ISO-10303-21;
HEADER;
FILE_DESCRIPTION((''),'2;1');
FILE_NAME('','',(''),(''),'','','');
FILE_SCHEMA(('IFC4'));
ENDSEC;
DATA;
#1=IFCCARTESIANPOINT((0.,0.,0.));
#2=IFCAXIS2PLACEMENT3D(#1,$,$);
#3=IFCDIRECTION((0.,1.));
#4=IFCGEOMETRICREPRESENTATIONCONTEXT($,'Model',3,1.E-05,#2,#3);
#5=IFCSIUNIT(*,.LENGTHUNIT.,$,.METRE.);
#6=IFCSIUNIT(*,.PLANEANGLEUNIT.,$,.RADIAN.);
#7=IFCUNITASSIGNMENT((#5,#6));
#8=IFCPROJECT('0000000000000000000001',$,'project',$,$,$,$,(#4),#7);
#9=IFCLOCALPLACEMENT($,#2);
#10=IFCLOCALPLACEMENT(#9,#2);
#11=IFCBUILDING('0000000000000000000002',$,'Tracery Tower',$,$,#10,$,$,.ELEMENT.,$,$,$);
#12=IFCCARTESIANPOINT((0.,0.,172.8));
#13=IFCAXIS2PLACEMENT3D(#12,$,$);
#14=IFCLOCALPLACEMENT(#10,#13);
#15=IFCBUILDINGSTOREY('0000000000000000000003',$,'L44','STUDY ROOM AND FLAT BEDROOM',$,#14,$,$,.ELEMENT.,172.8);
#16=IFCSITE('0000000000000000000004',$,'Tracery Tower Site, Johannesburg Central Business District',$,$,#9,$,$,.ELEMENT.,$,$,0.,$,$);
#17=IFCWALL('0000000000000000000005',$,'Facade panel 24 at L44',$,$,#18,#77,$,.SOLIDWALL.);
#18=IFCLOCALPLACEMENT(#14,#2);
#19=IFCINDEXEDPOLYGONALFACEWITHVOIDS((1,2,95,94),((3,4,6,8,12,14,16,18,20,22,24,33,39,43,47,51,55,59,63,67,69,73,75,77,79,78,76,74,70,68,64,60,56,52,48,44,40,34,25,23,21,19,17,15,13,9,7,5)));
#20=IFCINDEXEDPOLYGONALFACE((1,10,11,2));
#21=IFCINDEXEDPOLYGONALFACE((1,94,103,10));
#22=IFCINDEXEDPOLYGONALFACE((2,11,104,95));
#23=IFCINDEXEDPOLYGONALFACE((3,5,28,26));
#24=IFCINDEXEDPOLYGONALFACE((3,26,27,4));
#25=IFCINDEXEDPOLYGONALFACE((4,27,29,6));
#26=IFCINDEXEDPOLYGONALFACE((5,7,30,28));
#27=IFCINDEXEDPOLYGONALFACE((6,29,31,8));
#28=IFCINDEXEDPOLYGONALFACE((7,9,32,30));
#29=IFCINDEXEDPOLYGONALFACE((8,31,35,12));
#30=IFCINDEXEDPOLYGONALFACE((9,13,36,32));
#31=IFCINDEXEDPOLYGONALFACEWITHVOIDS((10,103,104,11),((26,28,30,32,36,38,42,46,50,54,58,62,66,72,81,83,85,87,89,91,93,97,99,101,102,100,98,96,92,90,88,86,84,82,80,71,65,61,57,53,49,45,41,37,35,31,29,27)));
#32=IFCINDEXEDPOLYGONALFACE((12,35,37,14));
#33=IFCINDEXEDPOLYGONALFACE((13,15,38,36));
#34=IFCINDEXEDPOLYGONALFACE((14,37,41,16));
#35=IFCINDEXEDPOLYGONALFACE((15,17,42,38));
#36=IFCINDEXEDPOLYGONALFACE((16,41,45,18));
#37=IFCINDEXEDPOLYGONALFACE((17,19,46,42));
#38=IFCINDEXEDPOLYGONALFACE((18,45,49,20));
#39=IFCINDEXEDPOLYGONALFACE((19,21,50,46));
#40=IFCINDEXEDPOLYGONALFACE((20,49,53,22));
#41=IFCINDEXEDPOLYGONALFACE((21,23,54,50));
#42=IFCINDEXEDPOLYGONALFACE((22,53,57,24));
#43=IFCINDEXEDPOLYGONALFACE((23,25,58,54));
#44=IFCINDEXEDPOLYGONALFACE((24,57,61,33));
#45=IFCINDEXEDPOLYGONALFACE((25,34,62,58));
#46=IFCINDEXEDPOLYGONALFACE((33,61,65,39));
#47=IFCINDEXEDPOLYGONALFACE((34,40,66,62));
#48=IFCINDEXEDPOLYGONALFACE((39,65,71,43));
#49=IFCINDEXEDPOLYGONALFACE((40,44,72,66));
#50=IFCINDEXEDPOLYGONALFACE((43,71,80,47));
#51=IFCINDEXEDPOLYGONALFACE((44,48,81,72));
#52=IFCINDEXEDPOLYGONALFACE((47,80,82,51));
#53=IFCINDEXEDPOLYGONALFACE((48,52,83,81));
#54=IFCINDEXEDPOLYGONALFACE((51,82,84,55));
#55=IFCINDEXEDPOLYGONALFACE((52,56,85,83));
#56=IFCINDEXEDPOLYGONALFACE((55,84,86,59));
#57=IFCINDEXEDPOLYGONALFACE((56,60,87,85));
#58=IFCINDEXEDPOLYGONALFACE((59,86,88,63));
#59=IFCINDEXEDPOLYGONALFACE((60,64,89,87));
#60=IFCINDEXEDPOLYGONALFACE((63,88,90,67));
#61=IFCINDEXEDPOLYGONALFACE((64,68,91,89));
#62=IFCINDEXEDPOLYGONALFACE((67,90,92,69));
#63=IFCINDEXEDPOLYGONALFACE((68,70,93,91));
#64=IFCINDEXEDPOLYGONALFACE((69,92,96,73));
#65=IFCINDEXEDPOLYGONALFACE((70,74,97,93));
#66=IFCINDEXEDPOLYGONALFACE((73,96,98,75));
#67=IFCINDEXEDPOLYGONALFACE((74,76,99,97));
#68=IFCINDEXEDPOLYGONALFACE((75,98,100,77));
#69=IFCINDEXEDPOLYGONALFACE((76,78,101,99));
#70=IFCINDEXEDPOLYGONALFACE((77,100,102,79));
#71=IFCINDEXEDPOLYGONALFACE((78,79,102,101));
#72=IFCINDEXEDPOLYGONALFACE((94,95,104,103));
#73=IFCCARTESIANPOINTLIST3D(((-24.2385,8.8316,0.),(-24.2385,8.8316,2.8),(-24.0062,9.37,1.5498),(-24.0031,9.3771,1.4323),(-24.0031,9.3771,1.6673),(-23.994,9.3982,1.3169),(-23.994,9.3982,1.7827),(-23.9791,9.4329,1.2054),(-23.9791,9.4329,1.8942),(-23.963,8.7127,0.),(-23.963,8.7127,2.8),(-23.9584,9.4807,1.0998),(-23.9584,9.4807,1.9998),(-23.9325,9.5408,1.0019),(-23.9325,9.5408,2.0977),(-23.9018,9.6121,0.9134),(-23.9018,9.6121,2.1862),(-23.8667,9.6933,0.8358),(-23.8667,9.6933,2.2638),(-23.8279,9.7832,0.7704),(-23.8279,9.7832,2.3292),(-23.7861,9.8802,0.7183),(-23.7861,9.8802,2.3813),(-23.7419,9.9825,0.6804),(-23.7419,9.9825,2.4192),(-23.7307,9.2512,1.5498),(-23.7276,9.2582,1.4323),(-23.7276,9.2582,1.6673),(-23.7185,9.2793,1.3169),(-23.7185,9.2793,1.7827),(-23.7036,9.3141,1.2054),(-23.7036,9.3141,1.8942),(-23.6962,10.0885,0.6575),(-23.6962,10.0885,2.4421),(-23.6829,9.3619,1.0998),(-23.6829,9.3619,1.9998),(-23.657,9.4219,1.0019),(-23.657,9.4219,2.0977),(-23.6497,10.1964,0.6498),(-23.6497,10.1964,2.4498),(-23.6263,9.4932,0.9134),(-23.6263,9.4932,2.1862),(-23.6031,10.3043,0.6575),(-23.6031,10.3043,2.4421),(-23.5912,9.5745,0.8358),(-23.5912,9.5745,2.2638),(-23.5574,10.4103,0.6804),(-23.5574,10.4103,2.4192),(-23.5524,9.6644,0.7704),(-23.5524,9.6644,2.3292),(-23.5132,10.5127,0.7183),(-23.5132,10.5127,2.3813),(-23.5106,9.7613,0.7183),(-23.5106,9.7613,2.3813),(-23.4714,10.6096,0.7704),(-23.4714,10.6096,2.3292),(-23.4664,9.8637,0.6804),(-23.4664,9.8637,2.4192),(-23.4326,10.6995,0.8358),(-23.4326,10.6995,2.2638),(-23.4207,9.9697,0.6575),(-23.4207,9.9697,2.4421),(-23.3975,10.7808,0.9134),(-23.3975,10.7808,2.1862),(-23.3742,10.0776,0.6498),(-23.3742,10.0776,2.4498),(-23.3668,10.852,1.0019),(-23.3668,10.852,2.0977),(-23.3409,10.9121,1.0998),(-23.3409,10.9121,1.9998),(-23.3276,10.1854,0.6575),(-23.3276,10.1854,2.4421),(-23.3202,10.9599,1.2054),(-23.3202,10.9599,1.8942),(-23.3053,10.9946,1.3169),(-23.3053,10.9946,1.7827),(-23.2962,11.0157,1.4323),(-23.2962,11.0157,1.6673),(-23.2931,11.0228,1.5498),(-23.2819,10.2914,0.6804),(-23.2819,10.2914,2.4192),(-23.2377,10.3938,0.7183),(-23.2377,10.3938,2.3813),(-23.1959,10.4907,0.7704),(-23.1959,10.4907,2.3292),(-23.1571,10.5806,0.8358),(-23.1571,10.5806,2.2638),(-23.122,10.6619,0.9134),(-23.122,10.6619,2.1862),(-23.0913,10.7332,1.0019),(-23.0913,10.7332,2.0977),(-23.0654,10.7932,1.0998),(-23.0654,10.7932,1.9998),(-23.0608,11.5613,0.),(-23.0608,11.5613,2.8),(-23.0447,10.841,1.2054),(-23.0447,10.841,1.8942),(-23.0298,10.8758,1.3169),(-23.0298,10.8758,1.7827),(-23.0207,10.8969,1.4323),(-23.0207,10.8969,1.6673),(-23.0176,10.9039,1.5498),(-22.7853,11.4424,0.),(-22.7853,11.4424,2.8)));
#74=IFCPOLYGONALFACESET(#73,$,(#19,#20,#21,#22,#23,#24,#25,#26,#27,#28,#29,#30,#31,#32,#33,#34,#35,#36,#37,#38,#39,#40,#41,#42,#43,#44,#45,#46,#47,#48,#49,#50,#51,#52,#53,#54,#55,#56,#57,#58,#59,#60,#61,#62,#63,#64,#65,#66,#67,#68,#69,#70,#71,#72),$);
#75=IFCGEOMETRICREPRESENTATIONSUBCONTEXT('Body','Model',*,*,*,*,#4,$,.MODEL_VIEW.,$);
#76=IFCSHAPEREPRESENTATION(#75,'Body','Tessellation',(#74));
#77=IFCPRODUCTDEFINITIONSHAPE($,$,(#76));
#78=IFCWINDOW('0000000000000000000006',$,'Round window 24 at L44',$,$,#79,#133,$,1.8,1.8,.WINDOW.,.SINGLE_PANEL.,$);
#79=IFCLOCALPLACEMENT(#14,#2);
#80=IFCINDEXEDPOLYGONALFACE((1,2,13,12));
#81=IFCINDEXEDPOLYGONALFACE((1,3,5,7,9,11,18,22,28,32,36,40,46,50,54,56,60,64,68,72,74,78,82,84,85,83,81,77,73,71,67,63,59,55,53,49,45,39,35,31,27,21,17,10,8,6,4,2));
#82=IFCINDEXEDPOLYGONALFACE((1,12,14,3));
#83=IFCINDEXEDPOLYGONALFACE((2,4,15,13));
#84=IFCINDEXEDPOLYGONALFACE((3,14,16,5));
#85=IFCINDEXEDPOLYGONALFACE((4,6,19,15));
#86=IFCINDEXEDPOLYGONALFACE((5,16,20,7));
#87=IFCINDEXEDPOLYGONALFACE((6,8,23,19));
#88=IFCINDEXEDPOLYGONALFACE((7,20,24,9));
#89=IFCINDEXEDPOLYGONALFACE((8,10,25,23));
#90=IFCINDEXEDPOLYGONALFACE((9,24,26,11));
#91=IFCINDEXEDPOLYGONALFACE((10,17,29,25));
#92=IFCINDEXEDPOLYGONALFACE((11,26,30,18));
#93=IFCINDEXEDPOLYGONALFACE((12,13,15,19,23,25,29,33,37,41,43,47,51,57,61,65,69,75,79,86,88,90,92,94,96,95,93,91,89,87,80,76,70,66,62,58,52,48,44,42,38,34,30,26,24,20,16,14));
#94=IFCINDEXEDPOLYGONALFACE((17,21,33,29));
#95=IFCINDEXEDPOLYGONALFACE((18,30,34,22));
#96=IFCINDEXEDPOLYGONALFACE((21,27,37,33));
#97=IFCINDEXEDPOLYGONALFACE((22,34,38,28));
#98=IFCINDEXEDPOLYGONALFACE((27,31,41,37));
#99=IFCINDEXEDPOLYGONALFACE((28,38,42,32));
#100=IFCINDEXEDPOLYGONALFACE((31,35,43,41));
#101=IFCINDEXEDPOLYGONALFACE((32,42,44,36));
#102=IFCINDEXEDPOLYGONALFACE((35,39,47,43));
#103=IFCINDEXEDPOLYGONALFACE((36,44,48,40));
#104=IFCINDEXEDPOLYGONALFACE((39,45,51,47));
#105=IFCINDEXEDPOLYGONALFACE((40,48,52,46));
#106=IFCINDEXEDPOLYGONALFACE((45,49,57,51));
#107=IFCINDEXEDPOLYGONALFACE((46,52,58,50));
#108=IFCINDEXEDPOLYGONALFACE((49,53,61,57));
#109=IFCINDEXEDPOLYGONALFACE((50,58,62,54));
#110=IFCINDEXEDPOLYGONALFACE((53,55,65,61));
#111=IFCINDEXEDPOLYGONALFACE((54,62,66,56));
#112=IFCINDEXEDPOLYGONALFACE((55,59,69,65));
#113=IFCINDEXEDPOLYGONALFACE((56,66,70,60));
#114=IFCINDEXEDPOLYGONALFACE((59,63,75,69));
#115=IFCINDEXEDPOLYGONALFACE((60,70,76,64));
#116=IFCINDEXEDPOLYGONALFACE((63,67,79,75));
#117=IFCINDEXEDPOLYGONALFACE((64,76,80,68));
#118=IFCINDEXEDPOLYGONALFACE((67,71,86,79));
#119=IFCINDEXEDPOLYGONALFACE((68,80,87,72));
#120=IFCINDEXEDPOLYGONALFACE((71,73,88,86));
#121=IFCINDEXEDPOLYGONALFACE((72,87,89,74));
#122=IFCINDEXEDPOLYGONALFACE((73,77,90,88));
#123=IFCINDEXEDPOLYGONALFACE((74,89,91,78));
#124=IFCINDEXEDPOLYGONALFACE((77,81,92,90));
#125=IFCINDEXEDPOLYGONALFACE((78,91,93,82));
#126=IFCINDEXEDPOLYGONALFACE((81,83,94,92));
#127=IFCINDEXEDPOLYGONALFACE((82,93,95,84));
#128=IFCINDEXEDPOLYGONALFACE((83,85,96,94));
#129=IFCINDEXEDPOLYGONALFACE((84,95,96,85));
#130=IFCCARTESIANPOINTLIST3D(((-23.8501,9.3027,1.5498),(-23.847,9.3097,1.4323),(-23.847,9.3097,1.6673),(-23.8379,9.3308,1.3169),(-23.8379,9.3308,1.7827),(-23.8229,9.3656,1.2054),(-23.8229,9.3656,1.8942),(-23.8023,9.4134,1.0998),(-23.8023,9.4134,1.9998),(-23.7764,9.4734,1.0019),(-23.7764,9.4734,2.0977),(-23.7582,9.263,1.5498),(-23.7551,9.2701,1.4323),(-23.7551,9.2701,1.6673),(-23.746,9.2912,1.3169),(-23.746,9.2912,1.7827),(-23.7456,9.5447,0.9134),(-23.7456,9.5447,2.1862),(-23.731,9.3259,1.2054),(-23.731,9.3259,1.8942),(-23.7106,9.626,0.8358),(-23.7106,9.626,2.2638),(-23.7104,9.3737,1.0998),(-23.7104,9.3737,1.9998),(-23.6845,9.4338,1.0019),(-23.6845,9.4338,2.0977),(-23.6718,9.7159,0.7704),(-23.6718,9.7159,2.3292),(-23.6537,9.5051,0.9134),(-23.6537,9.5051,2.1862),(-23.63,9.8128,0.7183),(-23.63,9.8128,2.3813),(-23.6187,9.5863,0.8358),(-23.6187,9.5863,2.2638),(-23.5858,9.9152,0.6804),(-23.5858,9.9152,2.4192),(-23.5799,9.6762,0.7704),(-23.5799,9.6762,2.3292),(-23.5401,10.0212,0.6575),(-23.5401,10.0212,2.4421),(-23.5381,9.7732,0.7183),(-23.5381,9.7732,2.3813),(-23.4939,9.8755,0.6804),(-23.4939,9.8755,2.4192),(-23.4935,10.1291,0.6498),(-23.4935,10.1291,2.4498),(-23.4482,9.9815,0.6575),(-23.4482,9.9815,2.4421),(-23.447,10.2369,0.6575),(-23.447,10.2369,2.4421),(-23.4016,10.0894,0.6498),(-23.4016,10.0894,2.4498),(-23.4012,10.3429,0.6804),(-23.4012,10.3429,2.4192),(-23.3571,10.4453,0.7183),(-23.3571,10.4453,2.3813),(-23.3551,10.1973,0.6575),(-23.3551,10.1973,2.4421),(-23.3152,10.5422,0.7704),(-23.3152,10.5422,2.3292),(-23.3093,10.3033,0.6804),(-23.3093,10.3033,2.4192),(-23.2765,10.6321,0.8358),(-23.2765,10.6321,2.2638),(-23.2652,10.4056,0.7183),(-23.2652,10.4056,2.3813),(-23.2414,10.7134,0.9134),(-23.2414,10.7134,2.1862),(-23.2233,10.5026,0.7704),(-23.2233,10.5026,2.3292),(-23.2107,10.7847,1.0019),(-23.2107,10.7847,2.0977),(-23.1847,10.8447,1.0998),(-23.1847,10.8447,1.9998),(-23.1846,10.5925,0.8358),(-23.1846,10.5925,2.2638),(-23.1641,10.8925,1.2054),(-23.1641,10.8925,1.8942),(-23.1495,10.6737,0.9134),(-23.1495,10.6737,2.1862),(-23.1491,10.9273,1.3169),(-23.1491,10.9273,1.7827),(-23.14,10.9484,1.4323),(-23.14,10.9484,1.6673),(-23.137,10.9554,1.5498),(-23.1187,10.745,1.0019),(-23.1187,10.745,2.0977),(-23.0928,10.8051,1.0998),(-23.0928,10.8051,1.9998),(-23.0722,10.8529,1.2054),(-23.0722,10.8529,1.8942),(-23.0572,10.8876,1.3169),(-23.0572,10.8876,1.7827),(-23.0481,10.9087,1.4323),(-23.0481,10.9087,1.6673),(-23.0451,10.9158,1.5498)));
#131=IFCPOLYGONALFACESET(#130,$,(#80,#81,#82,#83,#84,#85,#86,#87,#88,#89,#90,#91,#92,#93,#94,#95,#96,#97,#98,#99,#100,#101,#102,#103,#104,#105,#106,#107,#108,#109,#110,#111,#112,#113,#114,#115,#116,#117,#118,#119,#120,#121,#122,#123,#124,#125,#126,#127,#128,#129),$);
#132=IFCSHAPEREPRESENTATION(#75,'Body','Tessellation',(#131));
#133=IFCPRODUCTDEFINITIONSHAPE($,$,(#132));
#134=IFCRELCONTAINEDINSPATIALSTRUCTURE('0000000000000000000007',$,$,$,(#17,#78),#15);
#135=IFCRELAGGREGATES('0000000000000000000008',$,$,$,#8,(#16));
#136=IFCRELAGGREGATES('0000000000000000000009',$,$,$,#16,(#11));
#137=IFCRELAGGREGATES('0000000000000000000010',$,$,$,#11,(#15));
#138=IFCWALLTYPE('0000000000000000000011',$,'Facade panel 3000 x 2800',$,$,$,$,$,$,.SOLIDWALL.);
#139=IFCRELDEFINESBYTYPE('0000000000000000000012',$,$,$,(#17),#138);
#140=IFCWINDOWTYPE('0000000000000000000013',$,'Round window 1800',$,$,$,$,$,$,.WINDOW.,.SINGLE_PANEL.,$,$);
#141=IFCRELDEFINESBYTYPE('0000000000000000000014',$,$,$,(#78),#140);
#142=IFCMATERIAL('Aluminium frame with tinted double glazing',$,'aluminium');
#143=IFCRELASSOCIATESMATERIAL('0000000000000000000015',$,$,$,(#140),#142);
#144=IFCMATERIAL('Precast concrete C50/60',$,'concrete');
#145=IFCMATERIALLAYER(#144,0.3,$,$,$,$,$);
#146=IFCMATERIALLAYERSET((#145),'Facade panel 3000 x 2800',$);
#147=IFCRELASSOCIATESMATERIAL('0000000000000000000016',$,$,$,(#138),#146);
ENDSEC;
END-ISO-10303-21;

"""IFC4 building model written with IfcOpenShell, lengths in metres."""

from ifc_helpers import new_model, si_unit, direction, frame, frame_2d, origin, origin_2d, place, context, subcontext, project, spatial, rectangle, circle, extrude, material, layer, layer_set, type_object, element, fill, save


model = new_model("IFC4")

# Units and contexts
model_context = context("Model", 3, precision=1e-05, world=origin(), true_north=direction((0.0, 1.0)))
body_context = subcontext(model_context, "Body", "Model", "MODEL_VIEW")
ifc_project = project(units=[si_unit("LENGTHUNIT", "METRE"), si_unit("PLANEANGLEUNIT", "RADIAN")], contexts=[model_context])

# Site, building, storey
site_placement = place(None, origin())
site = spatial("IfcSite", under=ifc_project, at=site_placement, Name="Tracery Tower Site, Johannesburg Central Business District", CompositionType="ELEMENT", RefElevation=0.0)
building_placement = place(site_placement, origin())
building = spatial("IfcBuilding", under=site, at=building_placement, Name="Tracery Tower", CompositionType="ELEMENT")
storey_placement = place(building_placement, frame((0.0, 0.0, 172.8)))
storey = spatial("IfcBuildingStorey", under=building, at=storey_placement, Name="L44", Description="STUDY ROOM AND FLAT BEDROOM", CompositionType="ELEMENT", Elevation=172.8)

# Wall, opening, window
ifc_material_1 = material(Name="Aluminium frame with tinted double glazing", Category="aluminium")
window_type = type_object("IfcWindowType", Name="Round window 1800", PartitioningType="SINGLE_PANEL", PredefinedType="WINDOW", material=ifc_material_1)
ifc_material_2 = material(Name="Precast concrete C50/60", Category="concrete")
ifc_layer_1 = layer(ifc_material_2, 0.3)
ifc_layer_set_1 = layer_set([ifc_layer_1], Name="Facade panel 3000 x 2800")
wall_type_1 = type_object("IfcWallType", Name="Facade panel 3000 x 2800", PredefinedType="SOLIDWALL", material=ifc_layer_set_1)
wall_1_placement = place(storey_placement, frame((-22.9231, 11.5017, 0.0), z_axis=(0.0, 0.0, 1.0), x_axis=(-0.396148, -0.918187, 0.0)))
wall_1 = element("IfcWall", 1, at=wall_1_placement, inside=storey, type_object=wall_type_1, Name="Facade panel 24 at L44", PredefinedType="SOLIDWALL", context=body_context, shape_type="SweptSolid", body=[
    extrude(rectangle(XDim=2.9729, YDim=0.3, at=frame_2d((1.4863, 0.0))), origin(), (0.0, 0.0, 1.0), 2.8),
])
opening_1_placement = place(wall_1_placement, frame((1.4863, 0.0, 1.5498)))
opening_1 = element("IfcOpeningElement", 2, at=opening_1_placement, cuts=wall_1, PredefinedType="OPENING", context=body_context, shape_type="SweptSolid", body=[
    extrude(circle(Radius=0.9, at=origin_2d()), frame((0.0, 0.1599, 0.0), z_axis=(0.0, -1.0, 0.0), x_axis=(1.0, 0.0, 0.0)), (0.0, 0.0, 1.0), 0.3201),
])
window_1_placement = place(opening_1_placement, origin())
window_1 = element("IfcWindow", 3, at=window_1_placement, inside=storey, type_object=window_type, Name="Round window 24 at L44", OverallHeight=1.8, OverallWidth=1.8, PartitioningType="SINGLE_PANEL", PredefinedType="WINDOW", context=body_context, shape_type="SweptSolid", body=[
    extrude(circle(Radius=0.9, at=origin_2d()), frame((0.0, 0.1201, 0.0), z_axis=(0.0, -1.0, 0.0), x_axis=(1.0, 0.0, 0.0)), (0.0, 0.0, 1.0), 0.1001),
])
fill(opening_1, window_1)

save(model, "model.ifc")
